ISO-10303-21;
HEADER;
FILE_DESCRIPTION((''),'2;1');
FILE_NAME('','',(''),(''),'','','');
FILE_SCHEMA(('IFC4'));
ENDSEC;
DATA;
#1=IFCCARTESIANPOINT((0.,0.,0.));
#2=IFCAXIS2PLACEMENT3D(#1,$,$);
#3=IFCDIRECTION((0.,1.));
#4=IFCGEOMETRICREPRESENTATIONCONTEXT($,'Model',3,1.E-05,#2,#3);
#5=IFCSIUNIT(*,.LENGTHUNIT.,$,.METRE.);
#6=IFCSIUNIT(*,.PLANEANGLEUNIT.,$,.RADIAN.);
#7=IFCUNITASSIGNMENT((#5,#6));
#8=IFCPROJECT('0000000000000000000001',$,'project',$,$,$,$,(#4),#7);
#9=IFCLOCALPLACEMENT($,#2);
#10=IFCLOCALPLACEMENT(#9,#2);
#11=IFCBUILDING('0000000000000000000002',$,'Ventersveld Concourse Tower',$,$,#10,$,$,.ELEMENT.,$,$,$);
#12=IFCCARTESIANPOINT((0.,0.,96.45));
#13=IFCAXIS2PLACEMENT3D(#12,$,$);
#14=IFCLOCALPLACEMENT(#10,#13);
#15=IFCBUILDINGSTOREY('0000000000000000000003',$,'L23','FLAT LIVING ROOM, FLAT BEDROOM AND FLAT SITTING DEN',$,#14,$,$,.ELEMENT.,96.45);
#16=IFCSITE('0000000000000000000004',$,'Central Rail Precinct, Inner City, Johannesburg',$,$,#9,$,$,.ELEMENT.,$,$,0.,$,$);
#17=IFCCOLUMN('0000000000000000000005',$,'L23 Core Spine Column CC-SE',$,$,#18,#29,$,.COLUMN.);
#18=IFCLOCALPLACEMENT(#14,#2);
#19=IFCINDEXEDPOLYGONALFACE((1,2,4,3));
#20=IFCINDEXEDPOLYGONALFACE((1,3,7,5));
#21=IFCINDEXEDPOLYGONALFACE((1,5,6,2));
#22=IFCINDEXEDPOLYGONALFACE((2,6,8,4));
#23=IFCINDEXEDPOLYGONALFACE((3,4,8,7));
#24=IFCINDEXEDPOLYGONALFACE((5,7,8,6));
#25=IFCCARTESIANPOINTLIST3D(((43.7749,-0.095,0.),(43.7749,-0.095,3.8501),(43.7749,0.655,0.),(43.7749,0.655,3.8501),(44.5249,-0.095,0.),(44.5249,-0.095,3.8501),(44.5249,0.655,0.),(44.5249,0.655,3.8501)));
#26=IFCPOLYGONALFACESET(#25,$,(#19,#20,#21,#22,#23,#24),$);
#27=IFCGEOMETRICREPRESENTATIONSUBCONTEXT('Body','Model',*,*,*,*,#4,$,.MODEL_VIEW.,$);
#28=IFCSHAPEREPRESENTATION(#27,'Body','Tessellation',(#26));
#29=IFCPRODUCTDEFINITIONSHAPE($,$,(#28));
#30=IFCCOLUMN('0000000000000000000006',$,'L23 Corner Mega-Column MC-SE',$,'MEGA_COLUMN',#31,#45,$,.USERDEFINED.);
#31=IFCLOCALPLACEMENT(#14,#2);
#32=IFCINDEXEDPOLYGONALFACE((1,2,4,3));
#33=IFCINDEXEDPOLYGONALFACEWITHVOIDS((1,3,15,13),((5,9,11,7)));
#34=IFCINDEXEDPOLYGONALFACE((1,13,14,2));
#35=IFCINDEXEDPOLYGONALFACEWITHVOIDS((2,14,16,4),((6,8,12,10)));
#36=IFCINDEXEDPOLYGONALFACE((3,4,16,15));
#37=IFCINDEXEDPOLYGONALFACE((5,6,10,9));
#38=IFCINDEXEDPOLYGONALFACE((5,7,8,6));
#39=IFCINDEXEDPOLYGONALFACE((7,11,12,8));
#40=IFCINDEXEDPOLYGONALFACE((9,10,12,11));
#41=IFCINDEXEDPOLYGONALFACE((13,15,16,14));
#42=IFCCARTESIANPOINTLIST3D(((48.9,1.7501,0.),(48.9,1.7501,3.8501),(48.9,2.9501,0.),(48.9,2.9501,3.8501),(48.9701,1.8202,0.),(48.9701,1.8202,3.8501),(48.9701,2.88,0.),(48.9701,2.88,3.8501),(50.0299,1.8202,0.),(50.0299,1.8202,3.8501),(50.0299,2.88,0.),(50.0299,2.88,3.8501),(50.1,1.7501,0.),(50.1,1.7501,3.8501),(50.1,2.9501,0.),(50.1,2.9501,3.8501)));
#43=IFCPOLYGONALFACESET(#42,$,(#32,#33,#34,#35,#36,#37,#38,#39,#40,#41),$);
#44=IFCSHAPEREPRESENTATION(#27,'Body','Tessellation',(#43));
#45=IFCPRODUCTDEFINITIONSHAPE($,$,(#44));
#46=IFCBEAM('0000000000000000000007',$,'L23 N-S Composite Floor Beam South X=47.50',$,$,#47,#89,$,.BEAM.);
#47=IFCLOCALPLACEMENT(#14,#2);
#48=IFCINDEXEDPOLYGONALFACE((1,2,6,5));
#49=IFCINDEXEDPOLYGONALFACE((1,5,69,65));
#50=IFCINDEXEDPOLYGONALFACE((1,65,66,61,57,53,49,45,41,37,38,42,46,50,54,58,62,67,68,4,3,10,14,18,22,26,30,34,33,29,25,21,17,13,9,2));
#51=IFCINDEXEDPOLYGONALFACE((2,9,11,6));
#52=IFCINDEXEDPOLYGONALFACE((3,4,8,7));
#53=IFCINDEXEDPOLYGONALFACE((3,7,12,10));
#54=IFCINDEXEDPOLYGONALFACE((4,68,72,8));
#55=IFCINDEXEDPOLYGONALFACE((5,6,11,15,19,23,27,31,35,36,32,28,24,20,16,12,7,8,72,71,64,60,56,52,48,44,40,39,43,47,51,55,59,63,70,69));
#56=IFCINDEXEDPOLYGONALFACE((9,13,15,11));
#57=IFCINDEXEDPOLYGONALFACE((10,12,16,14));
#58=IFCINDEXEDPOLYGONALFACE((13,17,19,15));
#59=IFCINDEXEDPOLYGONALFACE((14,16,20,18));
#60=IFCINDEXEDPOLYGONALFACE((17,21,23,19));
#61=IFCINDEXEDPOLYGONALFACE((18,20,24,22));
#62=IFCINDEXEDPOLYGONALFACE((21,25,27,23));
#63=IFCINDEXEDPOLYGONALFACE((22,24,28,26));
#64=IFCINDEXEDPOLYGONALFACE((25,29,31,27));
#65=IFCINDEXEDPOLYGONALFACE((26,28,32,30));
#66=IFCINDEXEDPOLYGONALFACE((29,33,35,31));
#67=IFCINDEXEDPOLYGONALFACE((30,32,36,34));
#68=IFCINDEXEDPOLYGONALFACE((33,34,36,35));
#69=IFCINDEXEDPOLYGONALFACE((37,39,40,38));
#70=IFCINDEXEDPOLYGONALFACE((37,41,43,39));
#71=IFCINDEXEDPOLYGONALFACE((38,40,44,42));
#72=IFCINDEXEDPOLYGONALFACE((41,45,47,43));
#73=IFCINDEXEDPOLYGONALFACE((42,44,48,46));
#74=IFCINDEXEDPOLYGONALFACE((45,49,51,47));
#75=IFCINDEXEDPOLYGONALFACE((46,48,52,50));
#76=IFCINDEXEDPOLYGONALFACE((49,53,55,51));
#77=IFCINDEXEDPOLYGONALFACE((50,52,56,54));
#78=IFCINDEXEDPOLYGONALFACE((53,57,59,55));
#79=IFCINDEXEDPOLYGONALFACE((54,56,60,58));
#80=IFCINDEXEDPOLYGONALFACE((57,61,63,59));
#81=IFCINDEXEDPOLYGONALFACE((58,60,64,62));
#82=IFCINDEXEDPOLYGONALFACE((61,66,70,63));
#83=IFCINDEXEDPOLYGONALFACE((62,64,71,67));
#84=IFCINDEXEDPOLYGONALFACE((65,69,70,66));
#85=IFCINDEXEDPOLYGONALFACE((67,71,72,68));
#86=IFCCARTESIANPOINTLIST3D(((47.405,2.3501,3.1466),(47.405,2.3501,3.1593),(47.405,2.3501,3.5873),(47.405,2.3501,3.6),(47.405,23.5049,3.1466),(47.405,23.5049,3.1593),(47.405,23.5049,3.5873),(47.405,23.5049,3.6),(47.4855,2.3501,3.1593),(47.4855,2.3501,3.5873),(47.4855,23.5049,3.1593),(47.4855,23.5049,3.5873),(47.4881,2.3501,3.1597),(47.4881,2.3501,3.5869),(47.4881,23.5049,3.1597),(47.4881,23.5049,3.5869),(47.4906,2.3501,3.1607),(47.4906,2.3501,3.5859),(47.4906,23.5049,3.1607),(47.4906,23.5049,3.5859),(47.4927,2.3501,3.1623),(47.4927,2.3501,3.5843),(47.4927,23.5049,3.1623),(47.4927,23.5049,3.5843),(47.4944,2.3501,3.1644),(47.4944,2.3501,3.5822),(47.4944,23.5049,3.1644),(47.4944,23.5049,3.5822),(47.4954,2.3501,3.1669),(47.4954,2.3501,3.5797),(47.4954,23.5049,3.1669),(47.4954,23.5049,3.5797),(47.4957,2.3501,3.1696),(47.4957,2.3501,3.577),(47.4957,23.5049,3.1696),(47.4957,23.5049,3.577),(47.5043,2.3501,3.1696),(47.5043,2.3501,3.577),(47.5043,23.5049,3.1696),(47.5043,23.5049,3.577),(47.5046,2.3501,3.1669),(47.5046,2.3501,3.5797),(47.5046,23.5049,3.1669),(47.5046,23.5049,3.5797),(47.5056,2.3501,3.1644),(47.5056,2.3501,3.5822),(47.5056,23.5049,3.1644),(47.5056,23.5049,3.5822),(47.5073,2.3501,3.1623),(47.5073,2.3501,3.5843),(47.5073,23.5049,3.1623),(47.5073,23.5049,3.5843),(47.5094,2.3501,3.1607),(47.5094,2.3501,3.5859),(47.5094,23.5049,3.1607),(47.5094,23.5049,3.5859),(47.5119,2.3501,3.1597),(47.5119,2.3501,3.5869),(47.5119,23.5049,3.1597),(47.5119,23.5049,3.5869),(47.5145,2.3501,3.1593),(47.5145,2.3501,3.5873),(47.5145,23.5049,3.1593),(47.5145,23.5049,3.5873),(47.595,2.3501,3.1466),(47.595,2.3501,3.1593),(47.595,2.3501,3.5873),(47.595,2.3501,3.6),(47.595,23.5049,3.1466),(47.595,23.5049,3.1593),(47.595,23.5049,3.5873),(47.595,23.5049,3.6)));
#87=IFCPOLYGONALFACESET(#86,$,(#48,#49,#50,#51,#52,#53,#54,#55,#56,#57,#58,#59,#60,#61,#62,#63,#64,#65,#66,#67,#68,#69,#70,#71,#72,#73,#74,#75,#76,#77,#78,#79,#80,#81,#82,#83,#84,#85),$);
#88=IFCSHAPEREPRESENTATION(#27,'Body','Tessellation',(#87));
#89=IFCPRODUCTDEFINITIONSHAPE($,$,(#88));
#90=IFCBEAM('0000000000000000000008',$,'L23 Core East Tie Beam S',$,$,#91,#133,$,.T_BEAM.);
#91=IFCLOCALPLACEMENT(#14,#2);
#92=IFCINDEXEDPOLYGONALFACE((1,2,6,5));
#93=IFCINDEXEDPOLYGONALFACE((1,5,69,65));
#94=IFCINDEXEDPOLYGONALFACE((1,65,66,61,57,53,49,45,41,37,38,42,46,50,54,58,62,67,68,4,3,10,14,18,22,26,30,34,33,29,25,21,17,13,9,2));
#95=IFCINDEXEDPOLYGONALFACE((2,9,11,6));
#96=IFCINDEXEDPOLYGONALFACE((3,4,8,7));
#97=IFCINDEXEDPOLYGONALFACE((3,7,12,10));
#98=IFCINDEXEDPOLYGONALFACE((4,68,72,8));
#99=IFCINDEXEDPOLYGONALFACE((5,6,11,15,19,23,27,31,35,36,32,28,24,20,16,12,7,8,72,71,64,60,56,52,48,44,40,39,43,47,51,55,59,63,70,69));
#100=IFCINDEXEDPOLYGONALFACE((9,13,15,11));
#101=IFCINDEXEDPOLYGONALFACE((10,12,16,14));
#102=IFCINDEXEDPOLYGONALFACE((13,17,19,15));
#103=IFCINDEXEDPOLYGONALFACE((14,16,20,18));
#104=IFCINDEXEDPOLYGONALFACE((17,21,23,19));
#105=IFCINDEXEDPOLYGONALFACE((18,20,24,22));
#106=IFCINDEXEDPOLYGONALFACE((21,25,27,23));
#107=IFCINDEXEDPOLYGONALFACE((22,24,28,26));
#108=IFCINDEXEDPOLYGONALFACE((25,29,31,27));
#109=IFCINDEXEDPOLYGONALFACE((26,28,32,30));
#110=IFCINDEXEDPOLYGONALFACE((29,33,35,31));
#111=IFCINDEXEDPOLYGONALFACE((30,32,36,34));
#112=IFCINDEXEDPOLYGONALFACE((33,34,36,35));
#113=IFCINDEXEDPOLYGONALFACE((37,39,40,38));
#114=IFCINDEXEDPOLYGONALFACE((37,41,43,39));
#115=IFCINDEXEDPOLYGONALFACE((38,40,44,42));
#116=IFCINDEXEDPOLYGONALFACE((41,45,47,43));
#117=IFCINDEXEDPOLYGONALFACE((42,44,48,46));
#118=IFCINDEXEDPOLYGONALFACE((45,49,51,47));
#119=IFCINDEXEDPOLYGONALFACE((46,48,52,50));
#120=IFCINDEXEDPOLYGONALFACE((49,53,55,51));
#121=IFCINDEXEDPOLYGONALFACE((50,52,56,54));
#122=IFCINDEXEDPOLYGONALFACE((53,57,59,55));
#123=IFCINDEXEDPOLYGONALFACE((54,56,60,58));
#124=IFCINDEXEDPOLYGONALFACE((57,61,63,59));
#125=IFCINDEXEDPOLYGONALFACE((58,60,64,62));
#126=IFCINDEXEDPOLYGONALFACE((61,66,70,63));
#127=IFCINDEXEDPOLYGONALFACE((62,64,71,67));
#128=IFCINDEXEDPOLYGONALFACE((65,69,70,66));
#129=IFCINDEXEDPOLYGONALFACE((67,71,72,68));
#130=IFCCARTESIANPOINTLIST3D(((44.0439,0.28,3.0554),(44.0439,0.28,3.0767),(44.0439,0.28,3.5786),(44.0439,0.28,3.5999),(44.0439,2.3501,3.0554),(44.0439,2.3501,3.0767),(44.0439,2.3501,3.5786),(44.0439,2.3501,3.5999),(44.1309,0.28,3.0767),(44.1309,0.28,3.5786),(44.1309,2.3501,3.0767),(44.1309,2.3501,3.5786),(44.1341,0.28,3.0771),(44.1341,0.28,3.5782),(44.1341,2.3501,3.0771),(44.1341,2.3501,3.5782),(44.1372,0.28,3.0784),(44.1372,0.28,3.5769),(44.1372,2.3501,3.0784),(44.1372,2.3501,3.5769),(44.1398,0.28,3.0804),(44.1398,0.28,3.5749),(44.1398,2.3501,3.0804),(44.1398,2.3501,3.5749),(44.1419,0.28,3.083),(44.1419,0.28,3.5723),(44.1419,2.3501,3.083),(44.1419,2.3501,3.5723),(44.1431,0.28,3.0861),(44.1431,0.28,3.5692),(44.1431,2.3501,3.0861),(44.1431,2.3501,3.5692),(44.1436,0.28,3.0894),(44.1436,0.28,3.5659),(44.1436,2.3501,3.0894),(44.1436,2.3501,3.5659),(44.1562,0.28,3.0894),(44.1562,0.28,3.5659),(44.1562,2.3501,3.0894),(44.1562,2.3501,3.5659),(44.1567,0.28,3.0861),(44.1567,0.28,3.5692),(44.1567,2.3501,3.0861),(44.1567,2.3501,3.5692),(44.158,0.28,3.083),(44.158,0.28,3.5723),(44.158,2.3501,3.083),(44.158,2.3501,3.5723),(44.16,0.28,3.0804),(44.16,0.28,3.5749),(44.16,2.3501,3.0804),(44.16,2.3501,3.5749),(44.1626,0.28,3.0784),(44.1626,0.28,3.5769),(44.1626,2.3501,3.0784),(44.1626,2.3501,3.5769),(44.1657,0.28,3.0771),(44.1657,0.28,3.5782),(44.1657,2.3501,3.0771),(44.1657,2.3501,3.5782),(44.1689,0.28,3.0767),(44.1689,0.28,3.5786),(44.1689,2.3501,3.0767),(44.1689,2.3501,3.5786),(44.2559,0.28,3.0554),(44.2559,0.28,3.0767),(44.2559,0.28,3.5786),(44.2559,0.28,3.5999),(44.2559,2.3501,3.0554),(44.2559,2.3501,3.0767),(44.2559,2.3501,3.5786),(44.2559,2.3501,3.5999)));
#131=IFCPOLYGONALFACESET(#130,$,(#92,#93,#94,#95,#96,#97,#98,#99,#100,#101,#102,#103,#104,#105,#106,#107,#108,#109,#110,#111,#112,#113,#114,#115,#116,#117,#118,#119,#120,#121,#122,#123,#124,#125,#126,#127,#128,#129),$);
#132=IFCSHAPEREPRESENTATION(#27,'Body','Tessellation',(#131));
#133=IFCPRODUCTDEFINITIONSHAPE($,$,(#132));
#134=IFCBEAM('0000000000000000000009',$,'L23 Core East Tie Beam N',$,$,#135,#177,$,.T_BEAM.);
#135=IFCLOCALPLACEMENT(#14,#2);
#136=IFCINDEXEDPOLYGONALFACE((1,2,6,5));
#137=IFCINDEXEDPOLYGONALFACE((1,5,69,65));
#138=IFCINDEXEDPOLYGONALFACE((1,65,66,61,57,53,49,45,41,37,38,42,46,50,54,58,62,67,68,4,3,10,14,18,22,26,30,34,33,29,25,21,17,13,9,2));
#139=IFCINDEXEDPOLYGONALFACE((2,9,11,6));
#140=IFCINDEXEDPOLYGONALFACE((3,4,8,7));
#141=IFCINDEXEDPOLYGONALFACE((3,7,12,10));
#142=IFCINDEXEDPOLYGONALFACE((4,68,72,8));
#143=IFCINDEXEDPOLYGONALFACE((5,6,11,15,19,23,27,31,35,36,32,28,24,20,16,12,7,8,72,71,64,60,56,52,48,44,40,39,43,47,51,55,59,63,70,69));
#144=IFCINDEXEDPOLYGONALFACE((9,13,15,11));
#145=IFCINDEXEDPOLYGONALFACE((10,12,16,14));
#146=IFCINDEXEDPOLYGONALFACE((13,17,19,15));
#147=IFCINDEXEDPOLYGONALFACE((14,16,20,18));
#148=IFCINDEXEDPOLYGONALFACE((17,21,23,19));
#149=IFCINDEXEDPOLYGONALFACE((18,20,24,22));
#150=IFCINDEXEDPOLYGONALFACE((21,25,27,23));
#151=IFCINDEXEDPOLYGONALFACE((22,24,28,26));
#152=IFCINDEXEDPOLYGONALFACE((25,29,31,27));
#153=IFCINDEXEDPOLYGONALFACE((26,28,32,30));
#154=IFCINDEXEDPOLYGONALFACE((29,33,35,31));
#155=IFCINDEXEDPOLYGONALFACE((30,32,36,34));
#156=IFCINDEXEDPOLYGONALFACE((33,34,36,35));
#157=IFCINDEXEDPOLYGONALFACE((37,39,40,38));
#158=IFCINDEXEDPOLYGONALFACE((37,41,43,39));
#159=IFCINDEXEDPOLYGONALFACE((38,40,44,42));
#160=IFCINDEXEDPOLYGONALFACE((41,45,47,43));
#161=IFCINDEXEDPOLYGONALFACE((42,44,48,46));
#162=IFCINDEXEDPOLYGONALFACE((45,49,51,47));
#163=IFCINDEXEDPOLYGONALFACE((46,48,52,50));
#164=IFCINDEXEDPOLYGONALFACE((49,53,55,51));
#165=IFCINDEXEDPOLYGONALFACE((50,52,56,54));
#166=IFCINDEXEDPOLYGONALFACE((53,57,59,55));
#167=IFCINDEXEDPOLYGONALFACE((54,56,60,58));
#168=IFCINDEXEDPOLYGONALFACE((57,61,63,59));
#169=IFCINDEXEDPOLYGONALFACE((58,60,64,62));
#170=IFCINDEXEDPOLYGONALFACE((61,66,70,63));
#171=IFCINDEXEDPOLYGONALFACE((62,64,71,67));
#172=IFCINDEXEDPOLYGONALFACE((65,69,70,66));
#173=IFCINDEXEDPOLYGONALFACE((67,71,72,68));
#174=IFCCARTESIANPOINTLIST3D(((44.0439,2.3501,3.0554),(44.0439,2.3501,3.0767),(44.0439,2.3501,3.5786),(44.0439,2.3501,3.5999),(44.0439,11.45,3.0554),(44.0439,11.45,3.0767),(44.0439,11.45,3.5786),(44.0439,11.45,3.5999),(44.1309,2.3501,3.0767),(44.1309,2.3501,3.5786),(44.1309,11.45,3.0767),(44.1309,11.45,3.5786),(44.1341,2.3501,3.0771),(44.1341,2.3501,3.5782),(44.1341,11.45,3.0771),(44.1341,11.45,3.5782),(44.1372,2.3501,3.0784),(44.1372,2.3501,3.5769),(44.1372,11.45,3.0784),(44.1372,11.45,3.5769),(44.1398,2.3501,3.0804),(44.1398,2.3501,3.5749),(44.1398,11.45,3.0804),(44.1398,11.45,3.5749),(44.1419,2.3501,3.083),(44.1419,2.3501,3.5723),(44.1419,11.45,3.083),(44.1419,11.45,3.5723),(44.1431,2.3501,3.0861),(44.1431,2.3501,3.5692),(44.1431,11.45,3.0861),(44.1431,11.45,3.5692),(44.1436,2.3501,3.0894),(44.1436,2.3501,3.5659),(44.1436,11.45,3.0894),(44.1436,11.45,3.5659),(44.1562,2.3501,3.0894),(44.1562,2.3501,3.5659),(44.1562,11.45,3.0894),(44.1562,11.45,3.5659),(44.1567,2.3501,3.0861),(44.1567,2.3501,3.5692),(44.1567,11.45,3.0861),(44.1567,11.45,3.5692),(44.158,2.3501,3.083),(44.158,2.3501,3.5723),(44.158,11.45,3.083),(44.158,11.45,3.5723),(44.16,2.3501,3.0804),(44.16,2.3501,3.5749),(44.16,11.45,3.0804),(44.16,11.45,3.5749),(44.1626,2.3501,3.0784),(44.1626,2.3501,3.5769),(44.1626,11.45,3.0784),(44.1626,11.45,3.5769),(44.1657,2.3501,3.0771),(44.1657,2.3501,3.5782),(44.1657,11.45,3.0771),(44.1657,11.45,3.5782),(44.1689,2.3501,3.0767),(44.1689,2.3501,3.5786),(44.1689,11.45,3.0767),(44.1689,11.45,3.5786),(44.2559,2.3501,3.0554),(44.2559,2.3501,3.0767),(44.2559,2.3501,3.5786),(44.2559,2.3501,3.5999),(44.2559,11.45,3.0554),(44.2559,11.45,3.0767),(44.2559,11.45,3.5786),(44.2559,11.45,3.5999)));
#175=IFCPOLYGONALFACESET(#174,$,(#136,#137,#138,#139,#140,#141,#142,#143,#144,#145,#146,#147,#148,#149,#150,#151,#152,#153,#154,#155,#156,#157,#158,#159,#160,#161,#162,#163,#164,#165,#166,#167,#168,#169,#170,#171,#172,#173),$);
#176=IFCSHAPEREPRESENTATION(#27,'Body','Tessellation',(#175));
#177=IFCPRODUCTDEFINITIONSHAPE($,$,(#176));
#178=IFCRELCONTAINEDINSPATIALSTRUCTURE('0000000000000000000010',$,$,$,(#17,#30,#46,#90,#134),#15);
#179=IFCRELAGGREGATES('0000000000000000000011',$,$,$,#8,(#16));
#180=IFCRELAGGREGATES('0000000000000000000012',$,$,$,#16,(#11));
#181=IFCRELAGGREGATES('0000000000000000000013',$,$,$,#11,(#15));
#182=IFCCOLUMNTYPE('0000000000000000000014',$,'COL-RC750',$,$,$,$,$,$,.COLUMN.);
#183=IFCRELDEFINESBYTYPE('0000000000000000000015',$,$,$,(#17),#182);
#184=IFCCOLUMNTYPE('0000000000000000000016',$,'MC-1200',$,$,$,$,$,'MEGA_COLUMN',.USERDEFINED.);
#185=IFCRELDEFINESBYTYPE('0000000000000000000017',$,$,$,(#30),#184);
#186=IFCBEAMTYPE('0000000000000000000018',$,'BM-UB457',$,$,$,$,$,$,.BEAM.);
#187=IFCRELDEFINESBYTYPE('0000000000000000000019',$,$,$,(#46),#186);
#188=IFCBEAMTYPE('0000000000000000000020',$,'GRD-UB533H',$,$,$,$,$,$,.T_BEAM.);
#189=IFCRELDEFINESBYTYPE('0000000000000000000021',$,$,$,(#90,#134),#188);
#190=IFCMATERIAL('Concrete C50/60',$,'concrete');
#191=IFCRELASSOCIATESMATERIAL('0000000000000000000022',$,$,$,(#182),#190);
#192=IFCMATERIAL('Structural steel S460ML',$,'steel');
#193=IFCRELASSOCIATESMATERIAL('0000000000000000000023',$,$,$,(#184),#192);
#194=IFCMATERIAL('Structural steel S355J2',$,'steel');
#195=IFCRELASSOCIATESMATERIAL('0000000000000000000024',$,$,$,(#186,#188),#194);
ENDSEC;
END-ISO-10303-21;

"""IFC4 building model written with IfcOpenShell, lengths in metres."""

from ifc_helpers import new_model, si_unit, direction, frame, origin, origin_2d, place, context, subcontext, project, spatial, rectangle, hollow_rectangle, i_section, extrude, material, material_profile, profile_set, type_object, element, save


model = new_model("IFC4")

# Units and contexts
model_context = context("Model", 3, precision=1e-05, world=origin(), true_north=direction((0.0, 1.0)))
body_context = subcontext(model_context, "Body", "Model", "MODEL_VIEW")
ifc_project = project(units=[si_unit("LENGTHUNIT", "METRE"), si_unit("PLANEANGLEUNIT", "RADIAN")], contexts=[model_context])

# Site, building, storey
site_placement = place(None, origin())
site = spatial("IfcSite", under=ifc_project, at=site_placement, Name="Central Rail Precinct, Inner City, Johannesburg", CompositionType="ELEMENT", RefElevation=0.0)
building_placement = place(site_placement, origin())
building = spatial("IfcBuilding", under=site, at=building_placement, Name="Ventersveld Concourse Tower", CompositionType="ELEMENT")
storey_placement = place(building_placement, frame((0.0, 0.0, 96.45)))
storey = spatial("IfcBuildingStorey", under=building, at=storey_placement, Name="L23", Description="FLAT LIVING ROOM, FLAT BEDROOM AND FLAT SITTING DEN", CompositionType="ELEMENT", Elevation=96.45)

# Columns
ifc_material_1 = material(Name="Concrete C50/60", Category="concrete")
ifc_material_profile_1 = material_profile(ifc_material_1, rectangle(XDim=0.75, YDim=0.75, at=origin_2d()), Name="RC 750x750")
ifc_profile_set_1 = profile_set([ifc_material_profile_1], Name="Concrete C50/60")
column_type_1 = type_object("IfcColumnType", Name="COL-RC750", PredefinedType="COLUMN", material=ifc_profile_set_1)
column_1_placement = place(storey_placement, frame((44.1499, 0.28, 0.0), z_axis=(0.0, 0.0, 1.0), x_axis=(1.0, 0.0, 0.0)))
element("IfcColumn", 1, at=column_1_placement, inside=storey, type_object=column_type_1, Name="L23 Core Spine Column CC-SE", PredefinedType="COLUMN", context=body_context, shape_type="SweptSolid", body=[
    extrude(rectangle(XDim=0.75, YDim=0.75, at=origin_2d()), origin(), (0.0, 0.0, 1.0), 3.8501),
])
ifc_material_2 = material(Name="Structural steel S460ML", Category="steel")
ifc_material_profile_2 = material_profile(ifc_material_2, hollow_rectangle(XDim=1.2, YDim=1.2, WallThickness=0.0701, at=origin_2d()), Name="BOX 1200x1200x70")
ifc_profile_set_2 = profile_set([ifc_material_profile_2], Name="Structural steel S460ML")
column_type_2 = type_object("IfcColumnType", Name="MC-1200", ElementType="MEGA_COLUMN", PredefinedType="USERDEFINED", material=ifc_profile_set_2)
column_2_placement = place(storey_placement, frame((49.5, 2.3501, 0.0), z_axis=(0.0, 0.0, 1.0), x_axis=(1.0, 0.0, 0.0)))
element("IfcColumn", 2, at=column_2_placement, inside=storey, type_object=column_type_2, Name="L23 Corner Mega-Column MC-SE", ObjectType="MEGA_COLUMN", PredefinedType="USERDEFINED", context=body_context, shape_type="SweptSolid", body=[
    extrude(hollow_rectangle(XDim=1.2, YDim=1.2, WallThickness=0.0701, at=origin_2d()), origin(), (0.0, 0.0, 1.0), 3.8501),
])

# Beams
ifc_material_3 = material(Name="Structural steel S355J2", Category="steel")
ifc_material_profile_3 = material_profile(ifc_material_3, i_section(OverallWidth=0.1899, OverallDepth=0.4534, WebThickness=0.0085, FlangeThickness=0.0127, FilletRadius=0.0103, at=origin_2d()), Name="UB 457x191x67")
ifc_profile_set_3 = profile_set([ifc_material_profile_3], Name="Structural steel S355J2")
beam_type_1 = type_object("IfcBeamType", Name="BM-UB457", PredefinedType="BEAM", material=ifc_profile_set_3)
beam_1_placement = place(storey_placement, frame((47.5, 2.3501, 3.3733), z_axis=(0.0, 1.0, 0.0), x_axis=(-1.0, 0.0, 0.0)))
element("IfcBeam", 3, at=beam_1_placement, inside=storey, type_object=beam_type_1, Name="L23 N-S Composite Floor Beam South X=47.50", PredefinedType="BEAM", context=body_context, shape_type="SweptSolid", body=[
    extrude(i_section(OverallWidth=0.1899, OverallDepth=0.4534, WebThickness=0.0085, FlangeThickness=0.0127, FilletRadius=0.0103, at=origin_2d()), origin(), (0.0, 0.0, 1.0), 21.1548),
])
ifc_material_profile_4 = material_profile(ifc_material_3, i_section(OverallWidth=0.2119, OverallDepth=0.5444, WebThickness=0.0127, FlangeThickness=0.0212, FilletRadius=0.0127, at=origin_2d()), Name="UB 533x210x122")
ifc_profile_set_4 = profile_set([ifc_material_profile_4], Name="Structural steel S355J2")
beam_type_2 = type_object("IfcBeamType", Name="GRD-UB533H", PredefinedType="T_BEAM", material=ifc_profile_set_4)
beam_2_placement = place(storey_placement, frame((44.1499, 0.28, 3.3276), z_axis=(0.0, 1.0, 0.0), x_axis=(-1.0, 0.0, 0.0)))
element("IfcBeam", 4, at=beam_2_placement, inside=storey, type_object=beam_type_2, Name="L23 Core East Tie Beam S", PredefinedType="T_BEAM", context=body_context, shape_type="SweptSolid", body=[
    extrude(i_section(OverallWidth=0.2119, OverallDepth=0.5444, WebThickness=0.0127, FlangeThickness=0.0212, FilletRadius=0.0127, at=origin_2d()), origin(), (0.0, 0.0, 1.0), 2.0701),
])
beam_3_placement = place(storey_placement, frame((44.1499, 2.3501, 3.3276), z_axis=(0.0, 1.0, 0.0), x_axis=(-1.0, 0.0, 0.0)))
element("IfcBeam", 5, at=beam_3_placement, inside=storey, type_object=beam_type_2, Name="L23 Core East Tie Beam N", PredefinedType="T_BEAM", context=body_context, shape_type="SweptSolid", body=[
    extrude(i_section(OverallWidth=0.2119, OverallDepth=0.5444, WebThickness=0.0127, FlangeThickness=0.0212, FilletRadius=0.0127, at=origin_2d()), origin(), (0.0, 0.0, 1.0), 9.0999),
])

save(model, "model.ifc")
